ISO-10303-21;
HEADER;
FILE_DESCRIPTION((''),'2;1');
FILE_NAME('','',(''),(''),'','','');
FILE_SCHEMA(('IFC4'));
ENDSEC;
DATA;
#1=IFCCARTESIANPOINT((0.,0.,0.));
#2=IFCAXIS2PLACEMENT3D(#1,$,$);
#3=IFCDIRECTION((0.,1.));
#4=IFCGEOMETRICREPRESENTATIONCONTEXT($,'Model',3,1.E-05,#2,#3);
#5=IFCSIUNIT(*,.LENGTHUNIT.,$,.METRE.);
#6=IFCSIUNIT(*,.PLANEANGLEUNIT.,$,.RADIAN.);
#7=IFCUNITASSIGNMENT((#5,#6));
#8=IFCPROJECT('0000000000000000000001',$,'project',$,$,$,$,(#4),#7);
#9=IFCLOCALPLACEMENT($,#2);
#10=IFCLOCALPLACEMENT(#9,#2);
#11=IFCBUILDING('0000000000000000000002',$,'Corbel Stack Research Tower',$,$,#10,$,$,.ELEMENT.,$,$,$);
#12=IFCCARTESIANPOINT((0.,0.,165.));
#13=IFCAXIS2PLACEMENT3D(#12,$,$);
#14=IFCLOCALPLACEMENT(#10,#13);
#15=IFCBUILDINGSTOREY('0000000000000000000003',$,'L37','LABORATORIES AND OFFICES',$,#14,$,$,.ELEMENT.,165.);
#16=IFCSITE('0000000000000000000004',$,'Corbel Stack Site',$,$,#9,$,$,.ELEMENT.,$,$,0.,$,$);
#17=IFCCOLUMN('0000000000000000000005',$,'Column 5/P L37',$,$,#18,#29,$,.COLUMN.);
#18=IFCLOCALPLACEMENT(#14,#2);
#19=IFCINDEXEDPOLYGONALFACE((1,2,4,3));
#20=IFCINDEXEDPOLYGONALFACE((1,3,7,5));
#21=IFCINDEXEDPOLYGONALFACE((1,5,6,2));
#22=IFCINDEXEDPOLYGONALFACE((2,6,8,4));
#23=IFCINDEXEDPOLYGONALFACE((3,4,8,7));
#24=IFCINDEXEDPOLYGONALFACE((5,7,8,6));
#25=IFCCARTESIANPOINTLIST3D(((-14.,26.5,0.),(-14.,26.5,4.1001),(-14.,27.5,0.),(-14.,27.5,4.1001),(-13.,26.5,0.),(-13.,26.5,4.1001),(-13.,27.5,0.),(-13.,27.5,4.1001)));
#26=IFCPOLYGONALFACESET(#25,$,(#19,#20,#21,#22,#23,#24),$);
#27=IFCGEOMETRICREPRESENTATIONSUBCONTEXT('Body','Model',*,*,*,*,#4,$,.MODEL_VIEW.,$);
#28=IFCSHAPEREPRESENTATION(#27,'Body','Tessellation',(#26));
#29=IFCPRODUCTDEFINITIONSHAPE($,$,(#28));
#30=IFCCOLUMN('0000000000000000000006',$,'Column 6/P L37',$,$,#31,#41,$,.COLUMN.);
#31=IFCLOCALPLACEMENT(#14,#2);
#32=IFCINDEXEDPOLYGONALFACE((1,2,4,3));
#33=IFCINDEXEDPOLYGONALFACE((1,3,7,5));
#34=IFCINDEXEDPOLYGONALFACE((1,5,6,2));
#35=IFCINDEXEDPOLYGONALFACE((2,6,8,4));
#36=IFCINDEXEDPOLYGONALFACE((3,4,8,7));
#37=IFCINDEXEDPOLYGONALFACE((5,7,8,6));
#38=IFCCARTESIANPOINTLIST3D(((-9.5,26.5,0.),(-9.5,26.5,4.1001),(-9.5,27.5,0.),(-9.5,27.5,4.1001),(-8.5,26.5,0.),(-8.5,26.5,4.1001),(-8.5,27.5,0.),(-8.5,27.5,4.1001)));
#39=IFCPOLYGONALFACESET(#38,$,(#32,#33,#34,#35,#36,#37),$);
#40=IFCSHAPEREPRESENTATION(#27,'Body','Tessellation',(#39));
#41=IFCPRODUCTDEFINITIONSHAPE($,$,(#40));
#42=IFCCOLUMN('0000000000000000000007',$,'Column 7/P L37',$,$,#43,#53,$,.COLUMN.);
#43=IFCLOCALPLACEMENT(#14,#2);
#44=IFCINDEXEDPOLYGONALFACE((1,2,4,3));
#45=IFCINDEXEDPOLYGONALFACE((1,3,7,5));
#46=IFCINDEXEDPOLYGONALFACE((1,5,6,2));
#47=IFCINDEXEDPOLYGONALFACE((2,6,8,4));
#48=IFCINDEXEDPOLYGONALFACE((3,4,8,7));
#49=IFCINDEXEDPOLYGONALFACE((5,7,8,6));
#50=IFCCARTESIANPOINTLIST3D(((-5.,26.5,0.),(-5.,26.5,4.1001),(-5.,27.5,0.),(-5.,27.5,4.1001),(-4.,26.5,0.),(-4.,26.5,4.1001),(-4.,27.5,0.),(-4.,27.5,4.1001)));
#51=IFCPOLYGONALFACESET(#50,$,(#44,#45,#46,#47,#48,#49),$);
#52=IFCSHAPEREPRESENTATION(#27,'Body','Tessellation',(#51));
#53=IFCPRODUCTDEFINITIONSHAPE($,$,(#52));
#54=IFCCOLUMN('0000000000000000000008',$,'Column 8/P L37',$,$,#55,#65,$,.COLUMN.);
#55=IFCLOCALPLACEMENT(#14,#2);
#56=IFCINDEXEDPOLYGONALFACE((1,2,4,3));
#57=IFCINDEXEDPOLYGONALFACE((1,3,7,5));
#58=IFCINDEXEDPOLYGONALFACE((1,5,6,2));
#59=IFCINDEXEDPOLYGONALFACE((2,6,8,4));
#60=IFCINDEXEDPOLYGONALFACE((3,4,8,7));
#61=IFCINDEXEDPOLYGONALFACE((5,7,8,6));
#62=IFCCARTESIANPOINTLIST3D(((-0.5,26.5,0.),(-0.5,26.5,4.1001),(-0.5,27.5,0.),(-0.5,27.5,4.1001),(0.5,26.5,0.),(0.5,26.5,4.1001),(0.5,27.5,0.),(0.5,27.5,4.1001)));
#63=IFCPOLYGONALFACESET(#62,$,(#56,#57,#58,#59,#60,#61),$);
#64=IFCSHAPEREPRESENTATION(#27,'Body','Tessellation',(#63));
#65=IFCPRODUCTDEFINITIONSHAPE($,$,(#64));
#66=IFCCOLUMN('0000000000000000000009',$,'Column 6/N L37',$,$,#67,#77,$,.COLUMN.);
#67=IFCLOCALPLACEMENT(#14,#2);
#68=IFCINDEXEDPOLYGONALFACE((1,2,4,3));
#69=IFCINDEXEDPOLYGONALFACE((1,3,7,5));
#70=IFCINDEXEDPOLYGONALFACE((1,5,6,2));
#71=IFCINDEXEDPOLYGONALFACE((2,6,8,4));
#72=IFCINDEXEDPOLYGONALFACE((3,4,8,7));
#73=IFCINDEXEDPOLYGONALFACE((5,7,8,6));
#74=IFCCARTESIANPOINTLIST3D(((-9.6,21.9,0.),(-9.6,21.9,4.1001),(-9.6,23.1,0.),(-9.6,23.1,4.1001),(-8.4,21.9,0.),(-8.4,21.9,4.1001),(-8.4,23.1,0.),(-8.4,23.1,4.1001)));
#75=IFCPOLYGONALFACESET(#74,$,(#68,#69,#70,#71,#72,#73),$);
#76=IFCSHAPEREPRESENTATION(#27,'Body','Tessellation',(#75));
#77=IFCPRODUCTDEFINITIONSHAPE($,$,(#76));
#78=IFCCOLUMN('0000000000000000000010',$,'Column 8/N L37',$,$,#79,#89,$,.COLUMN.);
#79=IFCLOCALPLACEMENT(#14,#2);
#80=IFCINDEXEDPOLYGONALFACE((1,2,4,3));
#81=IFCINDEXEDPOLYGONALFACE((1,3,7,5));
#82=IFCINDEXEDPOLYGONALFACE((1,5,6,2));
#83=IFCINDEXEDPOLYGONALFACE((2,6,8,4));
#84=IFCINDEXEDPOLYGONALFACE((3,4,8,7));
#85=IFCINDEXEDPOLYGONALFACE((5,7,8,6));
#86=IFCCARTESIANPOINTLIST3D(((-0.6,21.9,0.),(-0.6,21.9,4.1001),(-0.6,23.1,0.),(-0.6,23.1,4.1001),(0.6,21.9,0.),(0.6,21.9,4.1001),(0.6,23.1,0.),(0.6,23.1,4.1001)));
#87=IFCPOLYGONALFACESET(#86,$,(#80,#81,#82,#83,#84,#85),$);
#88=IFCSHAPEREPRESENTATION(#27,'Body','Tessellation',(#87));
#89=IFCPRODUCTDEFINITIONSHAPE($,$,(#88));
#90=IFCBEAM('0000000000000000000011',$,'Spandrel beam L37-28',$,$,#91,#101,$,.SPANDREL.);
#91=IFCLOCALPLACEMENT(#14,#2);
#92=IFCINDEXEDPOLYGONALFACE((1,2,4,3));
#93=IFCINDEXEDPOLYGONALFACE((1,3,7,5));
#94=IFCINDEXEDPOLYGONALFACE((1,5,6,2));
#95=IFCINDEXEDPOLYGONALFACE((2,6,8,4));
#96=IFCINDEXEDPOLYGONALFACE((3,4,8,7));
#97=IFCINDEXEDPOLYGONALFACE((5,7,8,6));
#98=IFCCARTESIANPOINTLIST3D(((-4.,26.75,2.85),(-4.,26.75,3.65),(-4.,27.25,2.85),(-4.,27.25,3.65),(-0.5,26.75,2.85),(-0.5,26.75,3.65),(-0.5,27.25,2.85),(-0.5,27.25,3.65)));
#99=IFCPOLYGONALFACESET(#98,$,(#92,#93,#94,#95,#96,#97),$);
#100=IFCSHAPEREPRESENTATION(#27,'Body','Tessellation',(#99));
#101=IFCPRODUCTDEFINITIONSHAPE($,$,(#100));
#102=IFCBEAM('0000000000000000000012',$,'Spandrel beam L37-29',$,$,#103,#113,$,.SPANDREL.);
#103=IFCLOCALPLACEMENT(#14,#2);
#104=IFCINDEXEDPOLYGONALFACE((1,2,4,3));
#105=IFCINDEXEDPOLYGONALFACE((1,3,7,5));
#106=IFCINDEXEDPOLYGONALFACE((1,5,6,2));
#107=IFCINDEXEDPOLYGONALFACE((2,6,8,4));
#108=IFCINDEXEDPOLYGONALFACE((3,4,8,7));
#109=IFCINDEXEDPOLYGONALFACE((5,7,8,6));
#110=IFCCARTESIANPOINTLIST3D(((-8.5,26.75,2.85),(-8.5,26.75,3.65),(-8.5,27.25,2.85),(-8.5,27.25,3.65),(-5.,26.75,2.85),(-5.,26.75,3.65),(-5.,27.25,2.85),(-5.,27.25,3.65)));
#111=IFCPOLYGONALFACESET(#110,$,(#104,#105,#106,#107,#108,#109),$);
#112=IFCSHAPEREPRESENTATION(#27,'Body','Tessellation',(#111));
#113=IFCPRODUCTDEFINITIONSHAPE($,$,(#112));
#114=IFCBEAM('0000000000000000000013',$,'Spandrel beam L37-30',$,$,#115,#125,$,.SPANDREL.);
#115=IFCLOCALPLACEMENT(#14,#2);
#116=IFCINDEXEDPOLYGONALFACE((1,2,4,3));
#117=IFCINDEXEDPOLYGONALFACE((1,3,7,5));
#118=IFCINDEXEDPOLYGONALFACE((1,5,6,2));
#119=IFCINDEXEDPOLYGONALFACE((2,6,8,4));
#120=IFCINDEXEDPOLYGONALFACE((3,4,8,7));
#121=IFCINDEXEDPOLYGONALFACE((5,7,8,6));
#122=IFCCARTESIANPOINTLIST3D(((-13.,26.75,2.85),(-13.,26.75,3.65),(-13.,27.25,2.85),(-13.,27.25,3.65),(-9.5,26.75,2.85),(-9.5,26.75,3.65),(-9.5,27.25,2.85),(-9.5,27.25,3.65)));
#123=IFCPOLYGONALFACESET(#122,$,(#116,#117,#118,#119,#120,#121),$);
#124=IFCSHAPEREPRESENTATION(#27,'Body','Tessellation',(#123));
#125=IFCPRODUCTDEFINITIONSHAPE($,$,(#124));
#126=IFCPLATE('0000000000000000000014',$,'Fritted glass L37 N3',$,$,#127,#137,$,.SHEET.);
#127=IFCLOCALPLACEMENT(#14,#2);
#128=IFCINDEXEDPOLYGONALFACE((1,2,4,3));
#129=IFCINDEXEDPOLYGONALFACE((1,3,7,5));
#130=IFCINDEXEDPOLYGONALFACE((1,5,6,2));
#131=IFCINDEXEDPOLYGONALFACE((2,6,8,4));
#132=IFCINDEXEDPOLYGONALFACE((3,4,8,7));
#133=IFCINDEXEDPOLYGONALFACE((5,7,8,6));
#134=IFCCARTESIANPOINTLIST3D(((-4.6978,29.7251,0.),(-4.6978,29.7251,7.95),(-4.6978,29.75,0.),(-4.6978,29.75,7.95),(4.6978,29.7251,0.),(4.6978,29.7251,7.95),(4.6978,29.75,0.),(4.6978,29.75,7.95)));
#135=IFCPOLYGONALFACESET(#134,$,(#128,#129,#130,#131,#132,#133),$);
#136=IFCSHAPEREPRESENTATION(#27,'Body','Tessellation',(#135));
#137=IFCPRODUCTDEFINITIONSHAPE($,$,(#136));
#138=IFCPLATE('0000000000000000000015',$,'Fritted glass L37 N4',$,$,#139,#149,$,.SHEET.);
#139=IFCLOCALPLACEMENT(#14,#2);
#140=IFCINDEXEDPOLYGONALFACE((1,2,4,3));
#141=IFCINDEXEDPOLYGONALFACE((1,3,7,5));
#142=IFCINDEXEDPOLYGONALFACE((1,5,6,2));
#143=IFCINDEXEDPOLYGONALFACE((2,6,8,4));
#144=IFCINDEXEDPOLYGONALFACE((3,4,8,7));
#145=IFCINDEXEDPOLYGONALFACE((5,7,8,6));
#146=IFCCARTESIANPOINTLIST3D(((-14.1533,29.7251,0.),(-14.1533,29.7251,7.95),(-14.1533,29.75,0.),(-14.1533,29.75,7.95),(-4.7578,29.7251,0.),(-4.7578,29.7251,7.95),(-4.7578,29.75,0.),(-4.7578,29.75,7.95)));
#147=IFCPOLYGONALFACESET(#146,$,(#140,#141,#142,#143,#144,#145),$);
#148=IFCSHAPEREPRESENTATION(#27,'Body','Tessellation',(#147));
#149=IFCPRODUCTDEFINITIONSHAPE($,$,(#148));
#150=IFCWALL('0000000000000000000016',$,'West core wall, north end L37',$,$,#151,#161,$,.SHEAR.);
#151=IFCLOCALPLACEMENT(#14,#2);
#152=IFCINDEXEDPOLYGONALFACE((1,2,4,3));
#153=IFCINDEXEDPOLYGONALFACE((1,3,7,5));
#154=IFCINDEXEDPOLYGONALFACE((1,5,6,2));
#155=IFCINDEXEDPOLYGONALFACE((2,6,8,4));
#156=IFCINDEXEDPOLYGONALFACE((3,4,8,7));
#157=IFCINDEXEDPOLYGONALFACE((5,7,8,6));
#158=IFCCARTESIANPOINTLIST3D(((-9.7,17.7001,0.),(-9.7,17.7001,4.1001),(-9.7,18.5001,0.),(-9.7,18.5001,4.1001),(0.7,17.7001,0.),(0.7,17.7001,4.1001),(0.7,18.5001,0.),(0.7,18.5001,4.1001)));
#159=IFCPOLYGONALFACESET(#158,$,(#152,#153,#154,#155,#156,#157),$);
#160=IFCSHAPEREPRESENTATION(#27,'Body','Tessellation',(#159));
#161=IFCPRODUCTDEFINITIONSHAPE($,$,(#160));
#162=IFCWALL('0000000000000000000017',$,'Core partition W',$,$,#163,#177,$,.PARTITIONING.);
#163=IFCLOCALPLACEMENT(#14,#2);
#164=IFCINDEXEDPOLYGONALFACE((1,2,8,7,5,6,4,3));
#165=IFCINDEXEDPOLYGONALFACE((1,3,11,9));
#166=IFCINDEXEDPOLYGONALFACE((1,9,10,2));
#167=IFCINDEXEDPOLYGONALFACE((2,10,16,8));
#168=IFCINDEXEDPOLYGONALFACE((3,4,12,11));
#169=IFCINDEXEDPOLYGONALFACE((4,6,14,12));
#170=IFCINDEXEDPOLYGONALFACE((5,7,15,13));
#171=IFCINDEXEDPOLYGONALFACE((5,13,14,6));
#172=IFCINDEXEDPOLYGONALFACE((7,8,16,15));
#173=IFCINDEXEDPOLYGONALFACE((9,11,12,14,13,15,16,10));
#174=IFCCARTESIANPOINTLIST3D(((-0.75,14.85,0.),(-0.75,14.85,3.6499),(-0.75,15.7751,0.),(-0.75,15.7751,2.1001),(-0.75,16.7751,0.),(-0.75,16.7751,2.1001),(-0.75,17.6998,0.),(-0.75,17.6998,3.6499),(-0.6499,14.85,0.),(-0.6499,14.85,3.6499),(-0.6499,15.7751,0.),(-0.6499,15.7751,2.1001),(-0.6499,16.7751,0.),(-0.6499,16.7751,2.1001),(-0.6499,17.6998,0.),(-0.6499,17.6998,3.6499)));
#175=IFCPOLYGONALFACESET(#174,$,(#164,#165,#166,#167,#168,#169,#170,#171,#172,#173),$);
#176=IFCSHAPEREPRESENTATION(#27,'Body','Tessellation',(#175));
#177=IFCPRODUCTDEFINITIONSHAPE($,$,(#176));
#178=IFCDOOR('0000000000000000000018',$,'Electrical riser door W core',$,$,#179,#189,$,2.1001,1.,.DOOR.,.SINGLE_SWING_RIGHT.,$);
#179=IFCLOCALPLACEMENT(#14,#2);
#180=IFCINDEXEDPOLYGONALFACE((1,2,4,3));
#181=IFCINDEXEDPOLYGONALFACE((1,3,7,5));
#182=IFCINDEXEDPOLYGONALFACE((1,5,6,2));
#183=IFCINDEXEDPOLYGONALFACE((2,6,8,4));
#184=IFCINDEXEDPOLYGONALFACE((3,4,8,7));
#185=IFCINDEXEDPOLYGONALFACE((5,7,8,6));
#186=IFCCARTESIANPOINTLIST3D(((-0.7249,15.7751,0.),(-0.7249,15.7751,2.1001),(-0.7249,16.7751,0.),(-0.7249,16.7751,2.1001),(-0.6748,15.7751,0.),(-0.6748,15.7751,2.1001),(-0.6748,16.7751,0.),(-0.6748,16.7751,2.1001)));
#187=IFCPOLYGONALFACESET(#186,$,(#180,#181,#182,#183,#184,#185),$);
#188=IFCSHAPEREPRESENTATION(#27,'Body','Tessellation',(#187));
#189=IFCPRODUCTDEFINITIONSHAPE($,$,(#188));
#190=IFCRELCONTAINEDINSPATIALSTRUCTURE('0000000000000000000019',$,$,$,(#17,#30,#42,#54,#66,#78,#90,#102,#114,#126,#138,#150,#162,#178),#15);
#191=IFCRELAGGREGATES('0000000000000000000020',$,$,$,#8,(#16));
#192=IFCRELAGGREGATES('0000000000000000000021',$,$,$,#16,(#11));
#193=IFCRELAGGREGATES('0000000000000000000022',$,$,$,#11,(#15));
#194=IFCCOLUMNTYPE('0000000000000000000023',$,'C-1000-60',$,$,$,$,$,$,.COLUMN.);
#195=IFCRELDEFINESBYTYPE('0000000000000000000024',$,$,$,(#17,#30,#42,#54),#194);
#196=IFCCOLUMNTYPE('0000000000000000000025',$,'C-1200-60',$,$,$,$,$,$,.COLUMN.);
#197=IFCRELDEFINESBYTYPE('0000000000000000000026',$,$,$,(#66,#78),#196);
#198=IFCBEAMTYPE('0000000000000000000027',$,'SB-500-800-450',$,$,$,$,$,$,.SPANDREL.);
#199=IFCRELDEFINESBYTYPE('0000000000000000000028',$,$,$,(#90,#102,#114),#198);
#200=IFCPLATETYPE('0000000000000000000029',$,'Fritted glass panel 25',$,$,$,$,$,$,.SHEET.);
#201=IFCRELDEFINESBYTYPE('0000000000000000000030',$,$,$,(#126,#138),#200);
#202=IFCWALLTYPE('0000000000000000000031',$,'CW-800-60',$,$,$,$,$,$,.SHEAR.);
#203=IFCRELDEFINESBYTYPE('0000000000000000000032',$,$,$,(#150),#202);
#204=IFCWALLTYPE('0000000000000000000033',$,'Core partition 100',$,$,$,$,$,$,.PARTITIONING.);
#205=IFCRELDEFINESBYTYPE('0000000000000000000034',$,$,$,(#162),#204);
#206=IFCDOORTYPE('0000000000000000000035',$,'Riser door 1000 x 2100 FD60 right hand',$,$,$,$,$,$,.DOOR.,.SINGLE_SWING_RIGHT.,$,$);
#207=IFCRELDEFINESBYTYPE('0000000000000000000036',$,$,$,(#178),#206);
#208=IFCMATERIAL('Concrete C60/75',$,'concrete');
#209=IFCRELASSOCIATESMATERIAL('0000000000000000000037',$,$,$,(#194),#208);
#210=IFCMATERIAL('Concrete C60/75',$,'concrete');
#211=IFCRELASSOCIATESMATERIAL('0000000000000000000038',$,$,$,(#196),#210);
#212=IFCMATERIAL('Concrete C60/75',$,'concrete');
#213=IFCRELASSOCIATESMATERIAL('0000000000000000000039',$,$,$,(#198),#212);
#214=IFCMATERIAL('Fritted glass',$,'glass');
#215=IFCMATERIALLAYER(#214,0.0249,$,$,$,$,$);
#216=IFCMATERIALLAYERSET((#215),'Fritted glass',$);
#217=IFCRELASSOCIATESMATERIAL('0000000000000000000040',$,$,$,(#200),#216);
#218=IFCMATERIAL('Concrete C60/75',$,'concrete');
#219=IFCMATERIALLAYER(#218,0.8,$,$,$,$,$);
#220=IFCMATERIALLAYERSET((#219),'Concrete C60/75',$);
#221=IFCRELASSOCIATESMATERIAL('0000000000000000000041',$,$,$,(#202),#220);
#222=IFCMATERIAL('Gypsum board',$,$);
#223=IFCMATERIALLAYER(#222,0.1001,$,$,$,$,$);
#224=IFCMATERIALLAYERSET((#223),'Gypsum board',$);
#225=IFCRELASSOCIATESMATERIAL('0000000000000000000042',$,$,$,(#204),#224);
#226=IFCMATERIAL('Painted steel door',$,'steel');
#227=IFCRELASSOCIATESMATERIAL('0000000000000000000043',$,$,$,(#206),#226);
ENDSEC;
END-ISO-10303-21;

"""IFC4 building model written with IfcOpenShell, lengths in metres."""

from ifc_helpers import new_model, si_unit, direction, frame, frame_2d, origin, origin_2d, place, context, subcontext, project, spatial, rectangle, extrude, material, layer, layer_set, material_profile, profile_set, type_object, element, fill, save


model = new_model("IFC4")

# Units and contexts
model_context = context("Model", 3, precision=1e-05, world=origin(), true_north=direction((0.0, 1.0)))
body_context = subcontext(model_context, "Body", "Model", "MODEL_VIEW")
ifc_project = project(units=[si_unit("LENGTHUNIT", "METRE"), si_unit("PLANEANGLEUNIT", "RADIAN")], contexts=[model_context])

# Site, building, storey
site_placement = place(None, origin())
site = spatial("IfcSite", under=ifc_project, at=site_placement, Name="Corbel Stack Site", CompositionType="ELEMENT", RefElevation=0.0)
building_placement = place(site_placement, origin())
building = spatial("IfcBuilding", under=site, at=building_placement, Name="Corbel Stack Research Tower", CompositionType="ELEMENT")
storey_placement = place(building_placement, frame((0.0, 0.0, 165.0)))
storey = spatial("IfcBuildingStorey", under=building, at=storey_placement, Name="L37", Description="LABORATORIES AND OFFICES", CompositionType="ELEMENT", Elevation=165.0)

# Columns
ifc_material_1 = material(Name="Concrete C60/75", Category="concrete")
ifc_material_profile_1 = material_profile(ifc_material_1, rectangle(XDim=1.0, YDim=1.0, at=origin_2d()), Name="RC 1000 x 1000")
ifc_profile_set_1 = profile_set([ifc_material_profile_1], Name="Concrete C60/75")
column_type_1 = type_object("IfcColumnType", Name="C-1000-60", PredefinedType="COLUMN", material=ifc_profile_set_1)
for number, where, z_axis, x_axis, name in (
    (1, (-13.5, 27.0, 0.0), (0.0, 0.0, 1.0), (1.0, 0.0, 0.0), "Column 5/P L37"),
    (2, (-9.0, 27.0, 0.0), (0.0, 0.0, 1.0), (1.0, 0.0, 0.0), "Column 6/P L37"),
    (3, (-4.5, 27.0, 0.0), (0.0, 0.0, 1.0), (1.0, 0.0, 0.0), "Column 7/P L37"),
    (4, (0.0, 27.0, 0.0), (0.0, 0.0, 1.0), (1.0, 0.0, 0.0), "Column 8/P L37"),
):
    element("IfcColumn", number, at=place(storey_placement, frame(where, z_axis=z_axis, x_axis=x_axis)), inside=storey, type_object=column_type_1, Name=name, PredefinedType="COLUMN", context=body_context, shape_type="SweptSolid", body=[
        extrude(rectangle(XDim=1.0, YDim=1.0, at=origin_2d()), origin(), (0.0, 0.0, 1.0), 4.1001),
    ])
ifc_material_2 = material(Name="Concrete C60/75", Category="concrete")
ifc_material_profile_2 = material_profile(ifc_material_2, rectangle(XDim=1.2, YDim=1.2, at=origin_2d()), Name="RC 1200 x 1200")
ifc_profile_set_2 = profile_set([ifc_material_profile_2], Name="Concrete C60/75")
column_type_2 = type_object("IfcColumnType", Name="C-1200-60", PredefinedType="COLUMN", material=ifc_profile_set_2)
for number, where, z_axis, x_axis, name in (
    (5, (-9.0, 22.5, 0.0), (0.0, 0.0, 1.0), (1.0, 0.0, 0.0), "Column 6/N L37"),
    (6, (0.0, 22.5, 0.0), (0.0, 0.0, 1.0), (1.0, 0.0, 0.0), "Column 8/N L37"),
):
    element("IfcColumn", number, at=place(storey_placement, frame(where, z_axis=z_axis, x_axis=x_axis)), inside=storey, type_object=column_type_2, Name=name, PredefinedType="COLUMN", context=body_context, shape_type="SweptSolid", body=[
        extrude(rectangle(XDim=1.2, YDim=1.2, at=origin_2d()), origin(), (0.0, 0.0, 1.0), 4.1001),
    ])

# Beams
ifc_material_3 = material(Name="Concrete C60/75", Category="concrete")
ifc_material_profile_3 = material_profile(ifc_material_3, rectangle(XDim=0.5, YDim=0.8, at=origin_2d()), Name="RC 500 x 800")
ifc_profile_set_3 = profile_set([ifc_material_profile_3], Name="Concrete C60/75")
beam_type = type_object("IfcBeamType", Name="SB-500-800-450", PredefinedType="SPANDREL", material=ifc_profile_set_3)
for number, where, z_axis, x_axis, name in (
    (7, (-0.5, 27.0, 3.25), (-1.0, 0.0, 0.0), (0.0, -1.0, 0.0), "Spandrel beam L37-28"),
    (8, (-5.0, 27.0, 3.25), (-1.0, 0.0, 0.0), (0.0, -1.0, 0.0), "Spandrel beam L37-29"),
    (9, (-9.5, 27.0, 3.25), (-1.0, 0.0, 0.0), (0.0, -1.0, 0.0), "Spandrel beam L37-30"),
):
    element("IfcBeam", number, at=place(storey_placement, frame(where, z_axis=z_axis, x_axis=x_axis)), inside=storey, type_object=beam_type, Name=name, PredefinedType="SPANDREL", context=body_context, shape_type="SweptSolid", body=[
        extrude(rectangle(XDim=0.5, YDim=0.8, at=origin_2d()), origin(), (0.0, 0.0, 1.0), 3.5),
    ])

# Plates
ifc_material_4 = material(Name="Fritted glass", Category="glass")
ifc_layer_1 = layer(ifc_material_4, 0.0249)
ifc_layer_set_1 = layer_set([ifc_layer_1], Name="Fritted glass")
plate_type = type_object("IfcPlateType", Name="Fritted glass panel 25", PredefinedType="SHEET", material=ifc_layer_set_1)
for number, where, z_axis, x_axis, name in (
    (10, (0.0, 29.7375, 0.0), (0.0, 0.0, 1.0), (-1.0, 0.0, 0.0), "Fritted glass L37 N3"),
    (11, (-9.4556, 29.7375, 0.0), (0.0, 0.0, 1.0), (-1.0, 0.0, 0.0), "Fritted glass L37 N4"),
):
    element("IfcPlate", number, at=place(storey_placement, frame(where, z_axis=z_axis, x_axis=x_axis)), inside=storey, type_object=plate_type, Name=name, PredefinedType="SHEET", context=body_context, shape_type="SweptSolid", body=[
        extrude(rectangle(XDim=9.3955, YDim=0.0249, at=origin_2d()), origin(), (0.0, 0.0, 1.0), 7.95),
    ])

# Wall
ifc_material_5 = material(Name="Concrete C60/75", Category="concrete")
ifc_layer_2 = layer(ifc_material_5, 0.8)
ifc_layer_set_2 = layer_set([ifc_layer_2], Name="Concrete C60/75")
wall_type_1 = type_object("IfcWallType", Name="CW-800-60", PredefinedType="SHEAR", material=ifc_layer_set_2)
wall_1_placement = place(storey_placement, frame((-9.7, 18.1001, 0.0), z_axis=(0.0, 0.0, 1.0), x_axis=(1.0, 0.0, 0.0)))
element("IfcWall", 12, at=wall_1_placement, inside=storey, type_object=wall_type_1, Name="West core wall, north end L37", PredefinedType="SHEAR", context=body_context, shape_type="SweptSolid", body=[
    extrude(rectangle(XDim=10.3999, YDim=0.8, at=frame_2d((5.2, 0.0))), origin(), (0.0, 0.0, 1.0), 4.1001),
])

# Wall, opening, door
ifc_material_6 = material(Name="Gypsum board")
ifc_layer_3 = layer(ifc_material_6, 0.1001)
ifc_layer_set_3 = layer_set([ifc_layer_3], Name="Gypsum board")
wall_type_2 = type_object("IfcWallType", Name="Core partition 100", PredefinedType="PARTITIONING", material=ifc_layer_set_3)
wall_2_placement = place(storey_placement, frame((-0.7, 14.8501, 0.0), z_axis=(0.0, 0.0, 1.0), x_axis=(0.0, 1.0, 0.0)))
wall_2 = element("IfcWall", 13, at=wall_2_placement, inside=storey, type_object=wall_type_2, Name="Core partition W", PredefinedType="PARTITIONING", context=body_context, shape_type="SweptSolid", body=[
    extrude(rectangle(XDim=2.8499, YDim=0.1001, at=frame_2d((1.4248, 0.0))), origin(), (0.0, 0.0, 1.0), 3.6499),
])
opening_1_placement = place(wall_2_placement, frame((0.925, 0.0, 0.0)))
opening_1 = element("IfcOpeningElement", 14, at=opening_1_placement, cuts=wall_2, PredefinedType="OPENING", context=body_context, shape_type="SweptSolid", body=[
    extrude(rectangle(XDim=1.0, YDim=2.1001, at=frame_2d((0.5, 1.05))), frame((0.0, 0.0601, 0.0), z_axis=(0.0, -1.0, 0.0), x_axis=(1.0, 0.0, 0.0)), (0.0, 0.0, 1.0), 0.1201),
])
ifc_material_7 = material(Name="Painted steel door", Category="steel")
door_type_1 = type_object("IfcDoorType", Name="Riser door 1000 x 2100 FD60 right hand", OperationType="SINGLE_SWING_RIGHT", PredefinedType="DOOR", material=ifc_material_7)
door_1_placement = place(opening_1_placement, origin())
door_1 = element("IfcDoor", 15, at=door_1_placement, inside=storey, type_object=door_type_1, Name="Electrical riser door W core", OperationType="SINGLE_SWING_RIGHT", OverallHeight=2.1001, OverallWidth=1.0, PredefinedType="DOOR", context=body_context, shape_type="SweptSolid", body=[
    extrude(rectangle(XDim=1.0, YDim=2.1001, at=frame_2d((0.5, 1.05))), frame((0.0, 0.0249, 0.0), z_axis=(0.0, -1.0, 0.0), x_axis=(1.0, 0.0, 0.0)), (0.0, 0.0, 1.0), 0.05),
])
fill(opening_1, door_1)

save(model, "model.ifc")
